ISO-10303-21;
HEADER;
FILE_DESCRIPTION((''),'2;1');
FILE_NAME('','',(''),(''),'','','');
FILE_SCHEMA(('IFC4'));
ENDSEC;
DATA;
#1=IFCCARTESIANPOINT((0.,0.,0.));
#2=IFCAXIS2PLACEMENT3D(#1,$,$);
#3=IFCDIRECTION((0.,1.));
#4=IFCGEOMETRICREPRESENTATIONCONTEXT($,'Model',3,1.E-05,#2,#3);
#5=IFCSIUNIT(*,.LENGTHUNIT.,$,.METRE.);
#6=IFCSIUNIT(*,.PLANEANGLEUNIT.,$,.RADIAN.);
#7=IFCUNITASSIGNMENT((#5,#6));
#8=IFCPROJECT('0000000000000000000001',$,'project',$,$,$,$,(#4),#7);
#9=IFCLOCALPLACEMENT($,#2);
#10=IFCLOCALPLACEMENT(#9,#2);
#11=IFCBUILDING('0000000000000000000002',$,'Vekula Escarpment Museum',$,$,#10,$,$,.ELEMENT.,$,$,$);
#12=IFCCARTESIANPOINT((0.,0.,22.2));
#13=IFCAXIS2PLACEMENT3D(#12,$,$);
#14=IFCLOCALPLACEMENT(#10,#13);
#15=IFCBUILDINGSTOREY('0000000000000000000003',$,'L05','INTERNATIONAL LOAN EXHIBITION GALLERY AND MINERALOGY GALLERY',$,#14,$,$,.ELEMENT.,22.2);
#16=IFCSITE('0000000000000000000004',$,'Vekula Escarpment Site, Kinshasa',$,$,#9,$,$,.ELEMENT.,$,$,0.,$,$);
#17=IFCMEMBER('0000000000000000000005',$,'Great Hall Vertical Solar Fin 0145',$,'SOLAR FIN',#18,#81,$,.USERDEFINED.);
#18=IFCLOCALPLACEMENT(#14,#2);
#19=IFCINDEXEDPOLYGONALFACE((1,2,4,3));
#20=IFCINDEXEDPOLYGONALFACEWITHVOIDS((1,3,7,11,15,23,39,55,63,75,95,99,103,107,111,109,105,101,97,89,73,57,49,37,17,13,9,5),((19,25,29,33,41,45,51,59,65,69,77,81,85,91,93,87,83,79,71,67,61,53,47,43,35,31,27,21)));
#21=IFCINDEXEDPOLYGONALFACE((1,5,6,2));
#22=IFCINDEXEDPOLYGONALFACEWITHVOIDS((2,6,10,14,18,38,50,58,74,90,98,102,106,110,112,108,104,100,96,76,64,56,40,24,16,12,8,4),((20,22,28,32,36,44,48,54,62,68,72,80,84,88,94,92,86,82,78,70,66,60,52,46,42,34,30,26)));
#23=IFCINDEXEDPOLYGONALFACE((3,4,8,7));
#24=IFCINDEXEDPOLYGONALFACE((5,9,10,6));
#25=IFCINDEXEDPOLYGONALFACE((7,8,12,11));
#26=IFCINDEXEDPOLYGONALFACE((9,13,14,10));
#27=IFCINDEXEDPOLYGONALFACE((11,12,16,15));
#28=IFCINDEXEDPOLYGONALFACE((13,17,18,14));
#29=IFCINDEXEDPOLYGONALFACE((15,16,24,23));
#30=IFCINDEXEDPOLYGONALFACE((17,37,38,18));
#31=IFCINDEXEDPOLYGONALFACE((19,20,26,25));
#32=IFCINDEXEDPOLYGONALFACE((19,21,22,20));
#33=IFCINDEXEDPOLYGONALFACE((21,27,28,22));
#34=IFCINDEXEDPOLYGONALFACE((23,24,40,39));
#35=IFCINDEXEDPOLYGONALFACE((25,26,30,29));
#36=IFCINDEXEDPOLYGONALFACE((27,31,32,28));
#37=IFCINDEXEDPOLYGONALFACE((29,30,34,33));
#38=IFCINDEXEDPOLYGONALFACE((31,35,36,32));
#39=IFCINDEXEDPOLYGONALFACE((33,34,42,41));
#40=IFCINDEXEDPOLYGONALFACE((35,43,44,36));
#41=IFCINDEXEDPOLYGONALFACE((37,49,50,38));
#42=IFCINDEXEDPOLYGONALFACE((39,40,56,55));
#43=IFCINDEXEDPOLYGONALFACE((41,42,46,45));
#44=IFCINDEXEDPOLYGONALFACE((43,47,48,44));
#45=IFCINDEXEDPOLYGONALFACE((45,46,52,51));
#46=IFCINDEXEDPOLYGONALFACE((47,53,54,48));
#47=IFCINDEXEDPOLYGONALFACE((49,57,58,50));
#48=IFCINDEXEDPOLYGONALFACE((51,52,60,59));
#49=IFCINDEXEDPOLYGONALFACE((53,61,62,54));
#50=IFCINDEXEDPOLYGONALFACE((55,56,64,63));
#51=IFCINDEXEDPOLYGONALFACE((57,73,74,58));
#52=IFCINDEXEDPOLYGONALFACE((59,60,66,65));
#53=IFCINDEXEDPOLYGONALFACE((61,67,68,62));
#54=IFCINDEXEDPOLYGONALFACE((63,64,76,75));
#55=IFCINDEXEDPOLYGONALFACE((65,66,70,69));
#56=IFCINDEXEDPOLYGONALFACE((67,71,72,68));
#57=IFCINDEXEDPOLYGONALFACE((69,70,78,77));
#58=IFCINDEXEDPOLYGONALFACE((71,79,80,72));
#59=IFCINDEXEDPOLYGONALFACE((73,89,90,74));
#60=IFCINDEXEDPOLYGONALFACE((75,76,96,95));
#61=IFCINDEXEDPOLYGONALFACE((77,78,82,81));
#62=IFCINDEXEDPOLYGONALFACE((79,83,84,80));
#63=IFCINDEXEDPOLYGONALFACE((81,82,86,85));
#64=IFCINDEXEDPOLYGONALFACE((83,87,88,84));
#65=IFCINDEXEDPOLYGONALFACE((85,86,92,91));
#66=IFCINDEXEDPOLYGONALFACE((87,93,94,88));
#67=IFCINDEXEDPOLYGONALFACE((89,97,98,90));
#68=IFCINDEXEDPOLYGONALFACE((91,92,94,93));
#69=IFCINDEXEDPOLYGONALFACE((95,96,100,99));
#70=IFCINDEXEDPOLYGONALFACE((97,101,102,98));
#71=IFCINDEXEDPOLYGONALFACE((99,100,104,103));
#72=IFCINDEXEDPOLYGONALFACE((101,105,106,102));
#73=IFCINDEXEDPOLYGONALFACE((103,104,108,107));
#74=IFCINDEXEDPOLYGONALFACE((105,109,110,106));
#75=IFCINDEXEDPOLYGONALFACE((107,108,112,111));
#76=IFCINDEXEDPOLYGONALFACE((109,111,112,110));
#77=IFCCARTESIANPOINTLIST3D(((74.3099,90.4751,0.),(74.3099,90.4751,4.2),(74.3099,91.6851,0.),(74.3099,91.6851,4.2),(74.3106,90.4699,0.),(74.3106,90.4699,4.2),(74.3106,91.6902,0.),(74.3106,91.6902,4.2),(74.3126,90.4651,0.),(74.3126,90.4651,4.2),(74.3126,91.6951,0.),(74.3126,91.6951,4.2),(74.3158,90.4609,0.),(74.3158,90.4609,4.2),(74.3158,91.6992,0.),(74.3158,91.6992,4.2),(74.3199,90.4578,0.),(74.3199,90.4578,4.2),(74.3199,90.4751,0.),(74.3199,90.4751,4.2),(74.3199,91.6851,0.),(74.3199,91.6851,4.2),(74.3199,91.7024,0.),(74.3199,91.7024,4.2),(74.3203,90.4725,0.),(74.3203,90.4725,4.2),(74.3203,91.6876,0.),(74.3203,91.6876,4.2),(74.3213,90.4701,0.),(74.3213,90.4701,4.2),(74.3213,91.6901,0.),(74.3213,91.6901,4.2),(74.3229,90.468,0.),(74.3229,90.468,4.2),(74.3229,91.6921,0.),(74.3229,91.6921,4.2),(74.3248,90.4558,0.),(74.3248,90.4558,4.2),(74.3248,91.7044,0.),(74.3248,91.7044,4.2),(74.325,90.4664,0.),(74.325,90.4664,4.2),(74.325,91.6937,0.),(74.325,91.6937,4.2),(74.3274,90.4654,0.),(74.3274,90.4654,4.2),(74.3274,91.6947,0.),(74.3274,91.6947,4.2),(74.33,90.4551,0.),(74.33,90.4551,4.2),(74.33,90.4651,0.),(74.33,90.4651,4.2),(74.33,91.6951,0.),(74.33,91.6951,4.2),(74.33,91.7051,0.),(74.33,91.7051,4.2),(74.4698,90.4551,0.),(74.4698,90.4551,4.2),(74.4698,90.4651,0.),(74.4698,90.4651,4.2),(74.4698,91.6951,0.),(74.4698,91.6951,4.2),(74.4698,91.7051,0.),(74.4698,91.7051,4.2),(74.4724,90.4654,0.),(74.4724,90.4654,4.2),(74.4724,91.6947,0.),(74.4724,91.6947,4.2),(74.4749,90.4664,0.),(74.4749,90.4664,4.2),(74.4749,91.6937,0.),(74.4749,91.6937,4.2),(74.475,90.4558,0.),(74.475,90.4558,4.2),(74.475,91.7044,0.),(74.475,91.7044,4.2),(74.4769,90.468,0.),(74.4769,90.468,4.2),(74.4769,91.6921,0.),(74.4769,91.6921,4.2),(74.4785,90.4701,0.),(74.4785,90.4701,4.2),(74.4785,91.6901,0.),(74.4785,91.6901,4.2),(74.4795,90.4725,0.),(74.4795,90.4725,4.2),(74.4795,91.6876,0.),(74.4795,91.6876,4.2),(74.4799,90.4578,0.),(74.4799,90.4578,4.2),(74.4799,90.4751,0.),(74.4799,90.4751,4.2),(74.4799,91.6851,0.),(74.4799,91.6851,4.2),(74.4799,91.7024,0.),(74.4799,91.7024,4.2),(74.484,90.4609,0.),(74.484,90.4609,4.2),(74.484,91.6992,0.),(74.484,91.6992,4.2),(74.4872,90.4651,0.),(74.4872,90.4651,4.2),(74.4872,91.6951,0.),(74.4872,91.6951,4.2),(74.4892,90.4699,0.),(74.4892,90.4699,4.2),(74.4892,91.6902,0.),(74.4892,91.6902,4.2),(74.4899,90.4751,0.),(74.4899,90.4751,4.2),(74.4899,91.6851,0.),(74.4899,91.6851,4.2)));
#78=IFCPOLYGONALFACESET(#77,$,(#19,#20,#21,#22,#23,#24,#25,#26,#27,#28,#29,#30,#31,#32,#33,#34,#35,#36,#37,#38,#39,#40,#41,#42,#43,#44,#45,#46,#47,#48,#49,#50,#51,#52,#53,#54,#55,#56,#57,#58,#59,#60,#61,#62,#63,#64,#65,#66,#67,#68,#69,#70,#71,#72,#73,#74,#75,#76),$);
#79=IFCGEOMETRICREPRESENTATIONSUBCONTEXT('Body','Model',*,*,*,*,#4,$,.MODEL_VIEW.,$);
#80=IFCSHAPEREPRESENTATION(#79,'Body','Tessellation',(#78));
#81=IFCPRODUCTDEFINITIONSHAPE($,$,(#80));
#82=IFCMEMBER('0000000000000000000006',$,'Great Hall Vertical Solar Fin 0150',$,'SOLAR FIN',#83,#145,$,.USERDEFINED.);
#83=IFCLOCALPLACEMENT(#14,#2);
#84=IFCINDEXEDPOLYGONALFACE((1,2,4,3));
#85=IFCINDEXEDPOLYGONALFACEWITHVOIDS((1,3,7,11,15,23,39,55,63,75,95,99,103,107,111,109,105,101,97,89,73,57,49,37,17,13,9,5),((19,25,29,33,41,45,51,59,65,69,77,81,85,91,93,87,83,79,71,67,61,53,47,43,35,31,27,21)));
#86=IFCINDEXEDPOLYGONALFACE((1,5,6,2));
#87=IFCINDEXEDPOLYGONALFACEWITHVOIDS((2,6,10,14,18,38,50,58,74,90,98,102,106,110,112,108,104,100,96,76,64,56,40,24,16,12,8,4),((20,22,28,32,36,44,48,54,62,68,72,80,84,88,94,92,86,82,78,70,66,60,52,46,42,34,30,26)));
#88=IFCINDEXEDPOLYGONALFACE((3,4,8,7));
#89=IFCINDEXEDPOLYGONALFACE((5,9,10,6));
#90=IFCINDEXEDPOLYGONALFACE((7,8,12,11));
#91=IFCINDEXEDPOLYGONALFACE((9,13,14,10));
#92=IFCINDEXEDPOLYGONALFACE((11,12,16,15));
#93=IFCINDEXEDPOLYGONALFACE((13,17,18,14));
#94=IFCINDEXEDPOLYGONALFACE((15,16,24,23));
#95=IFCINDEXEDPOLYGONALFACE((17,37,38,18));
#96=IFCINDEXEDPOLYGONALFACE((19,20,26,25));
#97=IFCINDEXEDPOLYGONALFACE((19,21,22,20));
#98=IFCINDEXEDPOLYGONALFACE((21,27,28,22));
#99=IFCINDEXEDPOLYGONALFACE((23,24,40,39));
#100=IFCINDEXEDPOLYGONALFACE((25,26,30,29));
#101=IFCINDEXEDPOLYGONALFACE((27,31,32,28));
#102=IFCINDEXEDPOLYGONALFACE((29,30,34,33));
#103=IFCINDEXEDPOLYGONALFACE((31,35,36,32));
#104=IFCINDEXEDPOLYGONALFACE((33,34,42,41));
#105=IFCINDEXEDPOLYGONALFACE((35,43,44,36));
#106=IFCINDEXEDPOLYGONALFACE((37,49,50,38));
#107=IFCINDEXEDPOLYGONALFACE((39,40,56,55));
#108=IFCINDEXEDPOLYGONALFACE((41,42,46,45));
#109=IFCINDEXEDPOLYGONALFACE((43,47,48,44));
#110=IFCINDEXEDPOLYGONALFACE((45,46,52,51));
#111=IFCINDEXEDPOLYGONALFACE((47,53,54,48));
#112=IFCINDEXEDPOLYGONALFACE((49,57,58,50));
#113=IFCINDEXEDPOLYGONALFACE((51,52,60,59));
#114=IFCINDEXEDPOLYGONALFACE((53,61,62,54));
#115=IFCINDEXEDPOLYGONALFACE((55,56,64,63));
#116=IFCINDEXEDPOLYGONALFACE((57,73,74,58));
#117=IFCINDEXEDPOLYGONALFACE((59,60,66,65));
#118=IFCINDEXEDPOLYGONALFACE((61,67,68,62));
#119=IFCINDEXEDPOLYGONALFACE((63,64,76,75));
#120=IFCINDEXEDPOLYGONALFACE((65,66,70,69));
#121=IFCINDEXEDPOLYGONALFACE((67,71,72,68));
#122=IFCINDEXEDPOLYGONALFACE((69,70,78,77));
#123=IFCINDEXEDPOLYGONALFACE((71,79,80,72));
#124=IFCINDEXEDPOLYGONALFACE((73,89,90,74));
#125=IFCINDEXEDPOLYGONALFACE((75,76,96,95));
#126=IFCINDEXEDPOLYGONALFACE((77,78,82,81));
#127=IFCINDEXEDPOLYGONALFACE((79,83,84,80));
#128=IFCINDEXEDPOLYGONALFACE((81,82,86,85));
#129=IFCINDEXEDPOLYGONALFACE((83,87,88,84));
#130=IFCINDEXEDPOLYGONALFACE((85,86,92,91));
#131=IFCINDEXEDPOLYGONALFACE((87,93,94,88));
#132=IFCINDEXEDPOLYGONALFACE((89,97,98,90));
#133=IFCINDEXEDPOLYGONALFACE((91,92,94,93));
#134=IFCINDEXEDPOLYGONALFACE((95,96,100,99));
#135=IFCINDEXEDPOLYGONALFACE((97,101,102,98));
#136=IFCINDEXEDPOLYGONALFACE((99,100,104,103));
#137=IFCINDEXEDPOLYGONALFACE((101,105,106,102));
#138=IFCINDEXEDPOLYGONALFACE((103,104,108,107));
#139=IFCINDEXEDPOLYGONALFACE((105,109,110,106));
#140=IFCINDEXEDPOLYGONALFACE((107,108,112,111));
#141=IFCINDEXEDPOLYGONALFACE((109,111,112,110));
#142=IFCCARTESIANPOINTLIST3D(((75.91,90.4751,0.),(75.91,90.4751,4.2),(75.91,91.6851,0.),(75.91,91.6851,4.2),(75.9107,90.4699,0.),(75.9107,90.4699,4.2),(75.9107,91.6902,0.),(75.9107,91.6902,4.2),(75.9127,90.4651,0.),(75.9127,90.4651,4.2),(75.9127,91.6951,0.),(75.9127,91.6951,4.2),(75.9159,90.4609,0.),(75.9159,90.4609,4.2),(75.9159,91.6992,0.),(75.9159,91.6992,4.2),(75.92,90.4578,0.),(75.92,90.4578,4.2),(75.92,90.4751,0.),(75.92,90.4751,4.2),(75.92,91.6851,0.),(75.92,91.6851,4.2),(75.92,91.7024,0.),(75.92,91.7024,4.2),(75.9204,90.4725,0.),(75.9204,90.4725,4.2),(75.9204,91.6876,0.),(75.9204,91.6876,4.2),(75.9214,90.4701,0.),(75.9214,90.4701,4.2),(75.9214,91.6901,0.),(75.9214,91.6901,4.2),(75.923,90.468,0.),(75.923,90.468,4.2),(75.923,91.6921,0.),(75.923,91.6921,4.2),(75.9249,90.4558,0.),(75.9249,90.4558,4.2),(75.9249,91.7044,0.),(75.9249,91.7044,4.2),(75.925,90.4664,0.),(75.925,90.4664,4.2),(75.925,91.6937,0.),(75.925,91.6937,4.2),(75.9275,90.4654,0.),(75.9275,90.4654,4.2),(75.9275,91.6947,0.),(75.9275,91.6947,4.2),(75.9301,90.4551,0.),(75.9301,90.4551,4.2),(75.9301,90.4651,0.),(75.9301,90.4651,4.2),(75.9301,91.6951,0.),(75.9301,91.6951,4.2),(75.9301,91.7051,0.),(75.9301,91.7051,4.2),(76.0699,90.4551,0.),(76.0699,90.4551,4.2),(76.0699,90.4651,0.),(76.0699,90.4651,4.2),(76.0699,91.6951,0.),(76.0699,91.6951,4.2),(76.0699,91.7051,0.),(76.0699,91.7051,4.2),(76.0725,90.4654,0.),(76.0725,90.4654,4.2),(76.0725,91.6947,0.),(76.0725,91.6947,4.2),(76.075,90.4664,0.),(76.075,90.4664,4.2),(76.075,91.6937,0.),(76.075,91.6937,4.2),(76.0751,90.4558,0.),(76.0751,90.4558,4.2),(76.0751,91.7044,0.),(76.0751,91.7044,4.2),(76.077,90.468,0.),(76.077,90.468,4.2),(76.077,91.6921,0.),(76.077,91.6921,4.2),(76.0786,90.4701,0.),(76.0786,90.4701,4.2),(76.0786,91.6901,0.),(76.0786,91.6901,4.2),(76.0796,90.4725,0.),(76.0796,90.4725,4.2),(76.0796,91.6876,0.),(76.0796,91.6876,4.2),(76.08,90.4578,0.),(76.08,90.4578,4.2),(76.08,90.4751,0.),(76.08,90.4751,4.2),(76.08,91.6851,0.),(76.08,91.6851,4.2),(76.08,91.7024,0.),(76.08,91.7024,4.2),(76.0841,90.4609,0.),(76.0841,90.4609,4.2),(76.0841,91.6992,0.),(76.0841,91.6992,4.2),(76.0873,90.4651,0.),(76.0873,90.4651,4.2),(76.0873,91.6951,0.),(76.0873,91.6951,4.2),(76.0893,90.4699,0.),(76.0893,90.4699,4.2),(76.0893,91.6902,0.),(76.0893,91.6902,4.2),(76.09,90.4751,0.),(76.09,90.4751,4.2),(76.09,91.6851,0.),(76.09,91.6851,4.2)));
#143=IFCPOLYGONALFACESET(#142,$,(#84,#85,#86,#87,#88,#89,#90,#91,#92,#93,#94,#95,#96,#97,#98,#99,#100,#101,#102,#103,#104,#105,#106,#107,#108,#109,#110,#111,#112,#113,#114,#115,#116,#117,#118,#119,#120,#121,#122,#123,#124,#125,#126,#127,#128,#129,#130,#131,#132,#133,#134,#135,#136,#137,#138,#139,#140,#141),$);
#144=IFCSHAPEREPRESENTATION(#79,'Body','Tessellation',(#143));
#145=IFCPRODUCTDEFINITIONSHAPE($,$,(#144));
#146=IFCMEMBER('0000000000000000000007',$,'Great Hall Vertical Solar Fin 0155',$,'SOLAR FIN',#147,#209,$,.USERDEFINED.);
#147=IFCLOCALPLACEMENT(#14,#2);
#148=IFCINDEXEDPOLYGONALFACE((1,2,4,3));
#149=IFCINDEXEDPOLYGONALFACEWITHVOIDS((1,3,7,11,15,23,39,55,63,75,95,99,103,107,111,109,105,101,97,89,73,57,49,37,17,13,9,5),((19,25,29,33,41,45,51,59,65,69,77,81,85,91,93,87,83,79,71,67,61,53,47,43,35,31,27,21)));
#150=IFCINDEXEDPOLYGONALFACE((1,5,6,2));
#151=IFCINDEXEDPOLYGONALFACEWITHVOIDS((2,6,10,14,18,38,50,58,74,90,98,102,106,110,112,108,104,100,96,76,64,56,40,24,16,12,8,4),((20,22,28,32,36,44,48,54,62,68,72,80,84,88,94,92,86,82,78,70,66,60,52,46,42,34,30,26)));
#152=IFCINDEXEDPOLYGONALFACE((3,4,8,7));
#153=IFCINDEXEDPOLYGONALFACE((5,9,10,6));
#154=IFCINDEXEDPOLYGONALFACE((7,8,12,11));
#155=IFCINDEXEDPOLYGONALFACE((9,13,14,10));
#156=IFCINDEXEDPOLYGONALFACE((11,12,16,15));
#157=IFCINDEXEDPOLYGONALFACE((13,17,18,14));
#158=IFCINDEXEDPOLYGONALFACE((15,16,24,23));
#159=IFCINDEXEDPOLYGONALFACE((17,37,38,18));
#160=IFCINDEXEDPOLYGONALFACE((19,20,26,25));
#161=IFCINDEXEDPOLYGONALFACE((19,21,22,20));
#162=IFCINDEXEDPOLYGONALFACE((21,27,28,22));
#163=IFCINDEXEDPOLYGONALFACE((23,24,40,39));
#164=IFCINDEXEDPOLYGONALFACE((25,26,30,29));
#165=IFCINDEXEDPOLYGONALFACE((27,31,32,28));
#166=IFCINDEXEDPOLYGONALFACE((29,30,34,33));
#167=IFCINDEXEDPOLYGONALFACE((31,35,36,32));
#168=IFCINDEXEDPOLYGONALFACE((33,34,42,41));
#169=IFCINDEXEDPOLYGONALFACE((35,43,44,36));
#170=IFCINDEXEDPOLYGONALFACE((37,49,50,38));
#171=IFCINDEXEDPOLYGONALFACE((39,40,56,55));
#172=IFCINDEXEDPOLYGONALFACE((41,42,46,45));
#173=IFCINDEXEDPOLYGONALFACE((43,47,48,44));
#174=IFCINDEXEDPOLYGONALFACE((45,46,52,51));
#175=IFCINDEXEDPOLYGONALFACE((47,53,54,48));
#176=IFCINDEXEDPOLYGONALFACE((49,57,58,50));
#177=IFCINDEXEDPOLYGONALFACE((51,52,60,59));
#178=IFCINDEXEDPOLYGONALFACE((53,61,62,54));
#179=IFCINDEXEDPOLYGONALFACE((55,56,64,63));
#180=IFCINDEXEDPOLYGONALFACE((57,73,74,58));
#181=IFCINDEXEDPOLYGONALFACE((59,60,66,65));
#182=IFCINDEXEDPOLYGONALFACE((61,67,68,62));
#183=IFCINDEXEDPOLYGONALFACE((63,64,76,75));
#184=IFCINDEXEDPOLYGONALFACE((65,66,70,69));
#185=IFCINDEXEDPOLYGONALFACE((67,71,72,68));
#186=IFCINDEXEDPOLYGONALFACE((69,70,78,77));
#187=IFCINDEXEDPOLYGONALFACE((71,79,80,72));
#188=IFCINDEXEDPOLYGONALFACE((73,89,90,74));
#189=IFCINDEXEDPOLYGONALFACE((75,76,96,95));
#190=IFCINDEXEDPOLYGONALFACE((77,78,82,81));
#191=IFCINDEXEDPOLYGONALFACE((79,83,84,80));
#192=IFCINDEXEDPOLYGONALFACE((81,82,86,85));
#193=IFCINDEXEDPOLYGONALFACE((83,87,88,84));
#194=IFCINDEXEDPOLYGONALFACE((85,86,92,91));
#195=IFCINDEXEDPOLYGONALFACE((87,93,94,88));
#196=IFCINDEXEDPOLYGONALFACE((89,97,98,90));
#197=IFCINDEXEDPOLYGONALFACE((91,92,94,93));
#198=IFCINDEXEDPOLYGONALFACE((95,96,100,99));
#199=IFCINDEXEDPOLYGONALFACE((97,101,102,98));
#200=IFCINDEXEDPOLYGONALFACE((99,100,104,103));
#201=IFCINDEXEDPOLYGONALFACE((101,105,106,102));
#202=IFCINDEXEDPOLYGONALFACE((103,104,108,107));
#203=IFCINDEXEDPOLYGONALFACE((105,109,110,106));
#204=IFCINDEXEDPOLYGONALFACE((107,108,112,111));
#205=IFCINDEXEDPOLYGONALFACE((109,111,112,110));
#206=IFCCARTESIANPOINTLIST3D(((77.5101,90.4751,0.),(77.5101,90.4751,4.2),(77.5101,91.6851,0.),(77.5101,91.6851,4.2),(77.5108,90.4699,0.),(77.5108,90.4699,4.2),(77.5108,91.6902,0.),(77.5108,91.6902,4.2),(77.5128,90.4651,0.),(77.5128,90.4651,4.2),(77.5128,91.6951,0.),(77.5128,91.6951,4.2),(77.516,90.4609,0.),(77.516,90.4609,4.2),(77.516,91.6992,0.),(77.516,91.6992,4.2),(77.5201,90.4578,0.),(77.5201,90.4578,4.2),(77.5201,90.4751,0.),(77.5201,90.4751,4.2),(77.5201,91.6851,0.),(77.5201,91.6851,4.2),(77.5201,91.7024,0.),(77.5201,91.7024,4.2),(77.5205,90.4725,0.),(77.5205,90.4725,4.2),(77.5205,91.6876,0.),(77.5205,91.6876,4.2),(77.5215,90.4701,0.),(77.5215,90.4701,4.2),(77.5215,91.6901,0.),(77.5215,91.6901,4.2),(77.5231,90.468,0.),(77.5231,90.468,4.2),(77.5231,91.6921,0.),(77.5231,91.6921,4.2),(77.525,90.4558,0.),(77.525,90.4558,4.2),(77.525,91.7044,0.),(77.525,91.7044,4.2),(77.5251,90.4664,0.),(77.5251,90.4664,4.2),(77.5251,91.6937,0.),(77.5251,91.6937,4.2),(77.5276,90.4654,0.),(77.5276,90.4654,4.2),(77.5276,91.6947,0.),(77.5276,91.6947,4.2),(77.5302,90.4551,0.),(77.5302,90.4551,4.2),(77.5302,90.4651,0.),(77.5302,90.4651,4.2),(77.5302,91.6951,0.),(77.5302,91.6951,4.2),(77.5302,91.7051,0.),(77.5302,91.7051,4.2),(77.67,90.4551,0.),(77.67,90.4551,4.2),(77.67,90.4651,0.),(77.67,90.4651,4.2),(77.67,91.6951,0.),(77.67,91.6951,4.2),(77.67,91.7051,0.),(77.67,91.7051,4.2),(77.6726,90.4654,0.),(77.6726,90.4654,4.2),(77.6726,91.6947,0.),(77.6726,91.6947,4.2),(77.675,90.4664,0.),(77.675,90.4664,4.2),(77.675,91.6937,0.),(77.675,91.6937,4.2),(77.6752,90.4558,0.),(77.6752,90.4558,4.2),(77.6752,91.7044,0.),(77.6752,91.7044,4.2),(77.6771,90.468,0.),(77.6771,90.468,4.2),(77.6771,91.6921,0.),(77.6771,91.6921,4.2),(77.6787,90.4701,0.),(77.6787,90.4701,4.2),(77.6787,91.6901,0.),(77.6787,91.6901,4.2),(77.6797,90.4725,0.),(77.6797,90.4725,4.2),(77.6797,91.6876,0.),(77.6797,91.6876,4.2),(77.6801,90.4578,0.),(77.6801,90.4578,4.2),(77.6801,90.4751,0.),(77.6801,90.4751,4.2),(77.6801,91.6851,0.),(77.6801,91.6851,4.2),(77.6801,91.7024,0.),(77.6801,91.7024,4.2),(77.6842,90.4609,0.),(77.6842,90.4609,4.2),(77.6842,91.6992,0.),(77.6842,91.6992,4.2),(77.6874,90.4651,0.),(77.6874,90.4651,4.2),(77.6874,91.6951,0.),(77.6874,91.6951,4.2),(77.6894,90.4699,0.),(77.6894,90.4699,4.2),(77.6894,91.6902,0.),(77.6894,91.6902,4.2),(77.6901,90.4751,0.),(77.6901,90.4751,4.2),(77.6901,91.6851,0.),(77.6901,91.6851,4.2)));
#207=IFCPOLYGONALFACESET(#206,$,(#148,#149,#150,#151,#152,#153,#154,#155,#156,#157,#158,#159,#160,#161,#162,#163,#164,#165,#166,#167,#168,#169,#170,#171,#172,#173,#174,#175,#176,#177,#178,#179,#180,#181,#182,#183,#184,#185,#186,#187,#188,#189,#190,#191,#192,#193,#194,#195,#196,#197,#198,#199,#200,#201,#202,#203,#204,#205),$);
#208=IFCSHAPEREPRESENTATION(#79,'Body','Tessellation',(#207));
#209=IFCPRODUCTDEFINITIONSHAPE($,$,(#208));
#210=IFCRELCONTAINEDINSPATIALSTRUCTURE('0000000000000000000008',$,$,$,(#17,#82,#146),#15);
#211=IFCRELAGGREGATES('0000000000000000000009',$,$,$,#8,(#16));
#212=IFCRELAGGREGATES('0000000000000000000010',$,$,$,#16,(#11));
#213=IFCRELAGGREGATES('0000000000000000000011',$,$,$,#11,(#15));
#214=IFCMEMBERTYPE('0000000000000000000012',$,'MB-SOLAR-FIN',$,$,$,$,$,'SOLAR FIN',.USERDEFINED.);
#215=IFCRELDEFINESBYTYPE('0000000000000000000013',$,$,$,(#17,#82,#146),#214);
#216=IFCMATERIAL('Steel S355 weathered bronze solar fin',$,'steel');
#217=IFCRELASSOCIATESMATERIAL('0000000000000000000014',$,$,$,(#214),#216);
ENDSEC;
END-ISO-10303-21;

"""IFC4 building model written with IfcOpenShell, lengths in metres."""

from ifc_helpers import new_model, si_unit, direction, frame, origin, origin_2d, place, context, subcontext, project, spatial, hollow_rectangle, extrude, material, material_profile, profile_set, type_object, element, save


model = new_model("IFC4")

# Units and contexts
model_context = context("Model", 3, precision=1e-05, world=origin(), true_north=direction((0.0, 1.0)))
body_context = subcontext(model_context, "Body", "Model", "MODEL_VIEW")
ifc_project = project(units=[si_unit("LENGTHUNIT", "METRE"), si_unit("PLANEANGLEUNIT", "RADIAN")], contexts=[model_context])

# Site, building, storey
site_placement = place(None, origin())
site = spatial("IfcSite", under=ifc_project, at=site_placement, Name="Vekula Escarpment Site, Kinshasa", CompositionType="ELEMENT", RefElevation=0.0)
building_placement = place(site_placement, origin())
building = spatial("IfcBuilding", under=site, at=building_placement, Name="Vekula Escarpment Museum", CompositionType="ELEMENT")
storey_placement = place(building_placement, frame((0.0, 0.0, 22.2)))
storey = spatial("IfcBuildingStorey", under=building, at=storey_placement, Name="L05", Description="INTERNATIONAL LOAN EXHIBITION GALLERY AND MINERALOGY GALLERY", CompositionType="ELEMENT", Elevation=22.2)

# Members
ifc_material_1 = material(Name="Steel S355 weathered bronze solar fin", Category="steel")
ifc_material_profile_1 = material_profile(ifc_material_1, hollow_rectangle(XDim=0.1799, YDim=1.25, WallThickness=0.01, InnerFilletRadius=0.01, OuterFilletRadius=0.02, at=origin_2d()), Name="RHS 1250x180x10")
ifc_profile_set_1 = profile_set([ifc_material_profile_1], Name="Steel S355 weathered bronze solar fin")
member_type_1 = type_object("IfcMemberType", Name="MB-SOLAR-FIN", ElementType="SOLAR FIN", PredefinedType="USERDEFINED", material=ifc_profile_set_1)
for number, where, z_axis, x_axis, name in (
    (1, (74.3999, 91.0801, 0.0), (0.0, 0.0, 1.0), (1.0, 0.0, 0.0), "Great Hall Vertical Solar Fin 0145"),
    (2, (76.0, 91.0801, 0.0), (0.0, 0.0, 1.0), (1.0, 0.0, 0.0), "Great Hall Vertical Solar Fin 0150"),
    (3, (77.6001, 91.0801, 0.0), (0.0, 0.0, 1.0), (1.0, 0.0, 0.0), "Great Hall Vertical Solar Fin 0155"),
):
    element("IfcMember", number, at=place(storey_placement, frame(where, z_axis=z_axis, x_axis=x_axis)), inside=storey, type_object=member_type_1, Name=name, ObjectType="SOLAR FIN", PredefinedType="USERDEFINED", context=body_context, shape_type="SweptSolid", body=[
        extrude(hollow_rectangle(XDim=0.1799, YDim=1.25, WallThickness=0.01, InnerFilletRadius=0.01, OuterFilletRadius=0.02, at=origin_2d()), origin(), (0.0, 0.0, 1.0), 4.2),
    ])

save(model, "model.ifc")
